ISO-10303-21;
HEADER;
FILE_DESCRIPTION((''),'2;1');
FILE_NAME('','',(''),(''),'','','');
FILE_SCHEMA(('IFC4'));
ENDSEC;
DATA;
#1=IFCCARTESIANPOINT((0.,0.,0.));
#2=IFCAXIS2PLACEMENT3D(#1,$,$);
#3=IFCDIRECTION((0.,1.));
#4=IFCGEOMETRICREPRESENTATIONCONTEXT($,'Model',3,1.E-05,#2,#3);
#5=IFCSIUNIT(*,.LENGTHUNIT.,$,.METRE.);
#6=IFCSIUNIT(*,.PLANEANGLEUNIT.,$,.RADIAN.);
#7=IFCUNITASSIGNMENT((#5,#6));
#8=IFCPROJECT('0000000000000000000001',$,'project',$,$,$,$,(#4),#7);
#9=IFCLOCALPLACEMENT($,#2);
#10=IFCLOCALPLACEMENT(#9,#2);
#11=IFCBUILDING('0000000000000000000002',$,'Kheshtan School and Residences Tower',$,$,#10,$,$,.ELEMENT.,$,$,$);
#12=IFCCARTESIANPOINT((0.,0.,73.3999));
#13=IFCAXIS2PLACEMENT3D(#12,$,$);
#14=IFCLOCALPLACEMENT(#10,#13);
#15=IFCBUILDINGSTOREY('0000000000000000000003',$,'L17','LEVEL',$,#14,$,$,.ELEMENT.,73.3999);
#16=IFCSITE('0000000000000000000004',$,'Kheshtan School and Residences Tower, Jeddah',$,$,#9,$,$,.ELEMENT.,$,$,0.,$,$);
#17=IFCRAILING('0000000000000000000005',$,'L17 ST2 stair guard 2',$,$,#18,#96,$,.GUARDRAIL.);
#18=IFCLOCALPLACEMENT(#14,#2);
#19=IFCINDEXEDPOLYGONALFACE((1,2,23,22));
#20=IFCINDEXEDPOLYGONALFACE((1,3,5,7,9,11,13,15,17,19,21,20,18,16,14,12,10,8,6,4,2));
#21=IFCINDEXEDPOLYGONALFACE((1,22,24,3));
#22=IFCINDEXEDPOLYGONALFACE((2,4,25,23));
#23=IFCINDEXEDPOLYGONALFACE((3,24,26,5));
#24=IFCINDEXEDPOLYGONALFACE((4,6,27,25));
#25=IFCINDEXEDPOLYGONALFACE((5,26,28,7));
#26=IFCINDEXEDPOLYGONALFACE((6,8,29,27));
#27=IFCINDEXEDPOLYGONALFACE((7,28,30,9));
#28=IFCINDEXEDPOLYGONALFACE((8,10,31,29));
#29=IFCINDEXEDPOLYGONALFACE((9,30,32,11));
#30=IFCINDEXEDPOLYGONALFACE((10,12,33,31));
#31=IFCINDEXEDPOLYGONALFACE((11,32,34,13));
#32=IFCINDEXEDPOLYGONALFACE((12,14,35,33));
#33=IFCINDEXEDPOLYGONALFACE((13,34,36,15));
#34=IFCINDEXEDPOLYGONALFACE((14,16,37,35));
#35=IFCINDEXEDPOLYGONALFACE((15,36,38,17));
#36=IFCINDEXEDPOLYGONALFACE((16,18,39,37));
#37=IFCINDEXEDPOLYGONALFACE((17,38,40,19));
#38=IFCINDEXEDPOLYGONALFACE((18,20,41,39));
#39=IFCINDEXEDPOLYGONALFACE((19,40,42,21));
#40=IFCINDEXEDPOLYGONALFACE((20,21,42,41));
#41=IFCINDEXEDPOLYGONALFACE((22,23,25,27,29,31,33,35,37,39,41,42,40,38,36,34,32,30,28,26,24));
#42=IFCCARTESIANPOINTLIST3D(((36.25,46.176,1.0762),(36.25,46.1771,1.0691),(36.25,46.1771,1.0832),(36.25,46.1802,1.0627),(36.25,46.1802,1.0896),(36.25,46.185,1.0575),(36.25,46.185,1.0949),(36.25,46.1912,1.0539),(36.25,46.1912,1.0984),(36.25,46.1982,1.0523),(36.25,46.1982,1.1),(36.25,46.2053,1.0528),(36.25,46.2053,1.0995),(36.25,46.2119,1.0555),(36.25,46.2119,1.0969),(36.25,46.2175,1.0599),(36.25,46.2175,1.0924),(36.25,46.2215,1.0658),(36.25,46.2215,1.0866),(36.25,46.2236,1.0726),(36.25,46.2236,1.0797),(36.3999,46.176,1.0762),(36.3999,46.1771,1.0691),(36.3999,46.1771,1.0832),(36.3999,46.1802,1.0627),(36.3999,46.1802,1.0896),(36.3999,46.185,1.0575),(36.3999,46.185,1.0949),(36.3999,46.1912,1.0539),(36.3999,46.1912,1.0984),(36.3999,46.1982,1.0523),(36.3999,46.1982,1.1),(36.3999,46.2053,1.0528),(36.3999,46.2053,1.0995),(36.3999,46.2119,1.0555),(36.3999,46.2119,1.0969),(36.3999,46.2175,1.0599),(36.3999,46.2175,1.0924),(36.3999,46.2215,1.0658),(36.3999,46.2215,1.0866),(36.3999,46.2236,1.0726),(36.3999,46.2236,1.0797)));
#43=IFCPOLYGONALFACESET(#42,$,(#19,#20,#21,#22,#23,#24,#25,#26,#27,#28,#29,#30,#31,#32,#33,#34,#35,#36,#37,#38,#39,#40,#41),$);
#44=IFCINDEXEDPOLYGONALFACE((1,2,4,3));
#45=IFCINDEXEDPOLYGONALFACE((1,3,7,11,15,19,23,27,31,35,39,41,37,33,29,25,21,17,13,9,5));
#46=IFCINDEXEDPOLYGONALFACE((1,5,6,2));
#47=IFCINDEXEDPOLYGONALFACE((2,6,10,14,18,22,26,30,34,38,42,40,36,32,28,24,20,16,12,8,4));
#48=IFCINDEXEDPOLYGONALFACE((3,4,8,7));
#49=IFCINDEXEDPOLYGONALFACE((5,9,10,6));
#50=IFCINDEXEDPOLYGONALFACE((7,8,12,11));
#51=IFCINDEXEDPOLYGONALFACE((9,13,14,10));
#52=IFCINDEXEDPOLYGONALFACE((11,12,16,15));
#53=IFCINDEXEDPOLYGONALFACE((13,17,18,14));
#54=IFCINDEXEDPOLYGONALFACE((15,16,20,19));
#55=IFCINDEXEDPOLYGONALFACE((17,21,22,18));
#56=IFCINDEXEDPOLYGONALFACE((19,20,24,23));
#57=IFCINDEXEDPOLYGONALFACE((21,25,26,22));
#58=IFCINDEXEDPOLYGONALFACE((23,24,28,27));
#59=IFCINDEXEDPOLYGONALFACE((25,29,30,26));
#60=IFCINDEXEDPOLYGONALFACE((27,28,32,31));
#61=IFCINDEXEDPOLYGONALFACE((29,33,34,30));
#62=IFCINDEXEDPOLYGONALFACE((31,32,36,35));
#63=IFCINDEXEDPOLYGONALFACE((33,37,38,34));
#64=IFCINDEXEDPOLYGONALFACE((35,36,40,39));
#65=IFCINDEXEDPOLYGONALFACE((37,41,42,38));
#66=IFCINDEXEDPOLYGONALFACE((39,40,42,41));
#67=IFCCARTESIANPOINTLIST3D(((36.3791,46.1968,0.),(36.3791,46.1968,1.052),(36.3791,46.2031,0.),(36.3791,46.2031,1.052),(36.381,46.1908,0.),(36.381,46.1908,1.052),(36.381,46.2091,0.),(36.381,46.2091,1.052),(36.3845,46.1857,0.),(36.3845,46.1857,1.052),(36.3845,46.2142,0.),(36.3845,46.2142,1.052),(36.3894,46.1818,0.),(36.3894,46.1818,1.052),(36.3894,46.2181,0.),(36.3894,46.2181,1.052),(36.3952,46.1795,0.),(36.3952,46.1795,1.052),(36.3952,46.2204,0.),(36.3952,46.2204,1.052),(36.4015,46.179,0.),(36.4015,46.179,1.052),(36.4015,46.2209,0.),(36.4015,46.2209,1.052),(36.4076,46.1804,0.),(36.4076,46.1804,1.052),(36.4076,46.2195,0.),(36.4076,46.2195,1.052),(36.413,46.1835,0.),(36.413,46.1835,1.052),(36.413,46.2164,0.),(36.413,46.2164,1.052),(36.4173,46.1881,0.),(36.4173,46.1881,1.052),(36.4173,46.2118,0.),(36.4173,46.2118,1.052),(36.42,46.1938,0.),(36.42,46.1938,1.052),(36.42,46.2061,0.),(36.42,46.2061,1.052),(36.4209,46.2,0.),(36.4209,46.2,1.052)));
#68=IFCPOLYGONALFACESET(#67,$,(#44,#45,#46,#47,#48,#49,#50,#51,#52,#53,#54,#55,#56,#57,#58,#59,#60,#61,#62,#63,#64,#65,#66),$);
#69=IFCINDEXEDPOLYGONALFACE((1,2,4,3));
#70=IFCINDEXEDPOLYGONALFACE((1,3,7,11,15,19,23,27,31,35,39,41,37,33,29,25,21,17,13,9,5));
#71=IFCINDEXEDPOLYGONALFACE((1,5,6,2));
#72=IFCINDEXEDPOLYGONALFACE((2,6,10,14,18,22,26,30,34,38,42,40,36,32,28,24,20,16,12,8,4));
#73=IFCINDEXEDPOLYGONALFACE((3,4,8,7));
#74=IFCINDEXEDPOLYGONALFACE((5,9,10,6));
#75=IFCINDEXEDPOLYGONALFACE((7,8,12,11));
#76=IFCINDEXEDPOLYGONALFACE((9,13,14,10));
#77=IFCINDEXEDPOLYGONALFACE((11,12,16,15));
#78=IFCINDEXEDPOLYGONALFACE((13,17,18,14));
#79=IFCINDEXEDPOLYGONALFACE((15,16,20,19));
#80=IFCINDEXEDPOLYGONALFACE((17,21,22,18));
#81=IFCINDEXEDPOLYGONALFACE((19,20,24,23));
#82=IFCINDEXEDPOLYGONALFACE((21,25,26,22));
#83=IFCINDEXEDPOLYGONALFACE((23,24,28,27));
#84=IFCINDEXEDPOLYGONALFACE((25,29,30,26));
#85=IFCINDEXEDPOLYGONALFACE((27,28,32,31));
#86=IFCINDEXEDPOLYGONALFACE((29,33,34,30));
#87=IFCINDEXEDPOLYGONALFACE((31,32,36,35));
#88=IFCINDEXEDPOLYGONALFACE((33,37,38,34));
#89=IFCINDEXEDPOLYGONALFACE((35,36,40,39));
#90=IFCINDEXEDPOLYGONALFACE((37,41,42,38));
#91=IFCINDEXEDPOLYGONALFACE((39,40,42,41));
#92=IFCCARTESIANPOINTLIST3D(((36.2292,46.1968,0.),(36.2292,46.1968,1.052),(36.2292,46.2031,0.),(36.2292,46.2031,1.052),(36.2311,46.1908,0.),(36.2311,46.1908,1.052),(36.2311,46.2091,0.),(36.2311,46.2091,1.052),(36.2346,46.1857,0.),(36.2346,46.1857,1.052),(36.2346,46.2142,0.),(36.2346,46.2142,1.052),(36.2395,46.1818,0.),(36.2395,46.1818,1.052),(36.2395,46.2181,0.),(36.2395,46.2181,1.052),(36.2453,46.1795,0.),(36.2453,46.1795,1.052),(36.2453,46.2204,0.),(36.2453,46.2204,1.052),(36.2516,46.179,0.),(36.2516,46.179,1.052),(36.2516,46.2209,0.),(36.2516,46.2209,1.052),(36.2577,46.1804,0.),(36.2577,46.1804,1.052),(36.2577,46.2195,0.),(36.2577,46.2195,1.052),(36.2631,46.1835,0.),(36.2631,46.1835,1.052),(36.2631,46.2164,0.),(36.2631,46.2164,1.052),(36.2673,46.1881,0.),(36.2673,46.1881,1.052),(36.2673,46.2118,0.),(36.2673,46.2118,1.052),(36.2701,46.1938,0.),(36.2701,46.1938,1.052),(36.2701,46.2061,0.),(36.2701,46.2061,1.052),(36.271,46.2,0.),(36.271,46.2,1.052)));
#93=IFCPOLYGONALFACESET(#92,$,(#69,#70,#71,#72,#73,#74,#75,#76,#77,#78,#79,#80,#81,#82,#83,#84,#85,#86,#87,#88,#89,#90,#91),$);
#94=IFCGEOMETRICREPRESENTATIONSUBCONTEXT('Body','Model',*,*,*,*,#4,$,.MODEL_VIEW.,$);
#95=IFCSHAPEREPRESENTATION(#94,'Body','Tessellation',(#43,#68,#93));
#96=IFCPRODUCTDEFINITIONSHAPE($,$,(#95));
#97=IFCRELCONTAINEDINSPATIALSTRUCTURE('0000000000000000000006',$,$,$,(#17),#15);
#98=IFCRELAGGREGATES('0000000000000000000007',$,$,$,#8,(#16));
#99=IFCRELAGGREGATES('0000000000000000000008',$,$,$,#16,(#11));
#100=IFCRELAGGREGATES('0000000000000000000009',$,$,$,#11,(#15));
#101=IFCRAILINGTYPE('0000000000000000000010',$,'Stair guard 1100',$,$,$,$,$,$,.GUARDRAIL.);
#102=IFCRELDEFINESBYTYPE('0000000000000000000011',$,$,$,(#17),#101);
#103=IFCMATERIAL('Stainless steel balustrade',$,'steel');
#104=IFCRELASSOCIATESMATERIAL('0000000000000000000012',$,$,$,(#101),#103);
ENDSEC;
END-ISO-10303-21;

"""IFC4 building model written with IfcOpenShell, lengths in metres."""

from ifc_helpers import new_model, si_unit, direction, frame, origin, origin_2d, place, context, subcontext, project, spatial, circle, extrude, material, type_object, element, save


model = new_model("IFC4")

# Units and contexts
model_context = context("Model", 3, precision=1e-05, world=origin(), true_north=direction((0.0, 1.0)))
body_context = subcontext(model_context, "Body", "Model", "MODEL_VIEW")
ifc_project = project(units=[si_unit("LENGTHUNIT", "METRE"), si_unit("PLANEANGLEUNIT", "RADIAN")], contexts=[model_context])

# Site, building, storey
site_placement = place(None, origin())
site = spatial("IfcSite", under=ifc_project, at=site_placement, Name="Kheshtan School and Residences Tower, Jeddah", CompositionType="ELEMENT", RefElevation=0.0)
building_placement = place(site_placement, origin())
building = spatial("IfcBuilding", under=site, at=building_placement, Name="Kheshtan School and Residences Tower", CompositionType="ELEMENT")
storey_placement = place(building_placement, frame((0.0, 0.0, 73.3999)))
storey = spatial("IfcBuildingStorey", under=building, at=storey_placement, Name="L17", Description="LEVEL", CompositionType="ELEMENT", Elevation=73.3999)

# Railing
ifc_material_1 = material(Name="Stainless steel balustrade", Category="steel")
railing_type = type_object("IfcRailingType", Name="Stair guard 1100", PredefinedType="GUARDRAIL", material=ifc_material_1)
railing_placement = place(storey_placement, frame((36.3999, 46.2, 0.0)))
element("IfcRailing", 1, at=railing_placement, inside=storey, type_object=railing_type, Name="L17 ST2 stair guard 2", PredefinedType="GUARDRAIL", context=body_context, shape_type="SweptSolid", body=[
    extrude(circle(Radius=0.0239, at=origin_2d()), frame((0.0, 0.0, 1.0762), z_axis=(-1.0, 0.0, 0.0), x_axis=(0.0, -1.0, 0.0)), (0.0, 0.0, 1.0), 0.1499),
    extrude(circle(Radius=0.021, at=origin_2d()), origin(), (0.0, 0.0, 1.0), 1.052),
    extrude(circle(Radius=0.021, at=origin_2d()), frame((-0.1499, 0.0, 0.0)), (0.0, 0.0, 1.0), 1.052),
])

save(model, "model.ifc")
